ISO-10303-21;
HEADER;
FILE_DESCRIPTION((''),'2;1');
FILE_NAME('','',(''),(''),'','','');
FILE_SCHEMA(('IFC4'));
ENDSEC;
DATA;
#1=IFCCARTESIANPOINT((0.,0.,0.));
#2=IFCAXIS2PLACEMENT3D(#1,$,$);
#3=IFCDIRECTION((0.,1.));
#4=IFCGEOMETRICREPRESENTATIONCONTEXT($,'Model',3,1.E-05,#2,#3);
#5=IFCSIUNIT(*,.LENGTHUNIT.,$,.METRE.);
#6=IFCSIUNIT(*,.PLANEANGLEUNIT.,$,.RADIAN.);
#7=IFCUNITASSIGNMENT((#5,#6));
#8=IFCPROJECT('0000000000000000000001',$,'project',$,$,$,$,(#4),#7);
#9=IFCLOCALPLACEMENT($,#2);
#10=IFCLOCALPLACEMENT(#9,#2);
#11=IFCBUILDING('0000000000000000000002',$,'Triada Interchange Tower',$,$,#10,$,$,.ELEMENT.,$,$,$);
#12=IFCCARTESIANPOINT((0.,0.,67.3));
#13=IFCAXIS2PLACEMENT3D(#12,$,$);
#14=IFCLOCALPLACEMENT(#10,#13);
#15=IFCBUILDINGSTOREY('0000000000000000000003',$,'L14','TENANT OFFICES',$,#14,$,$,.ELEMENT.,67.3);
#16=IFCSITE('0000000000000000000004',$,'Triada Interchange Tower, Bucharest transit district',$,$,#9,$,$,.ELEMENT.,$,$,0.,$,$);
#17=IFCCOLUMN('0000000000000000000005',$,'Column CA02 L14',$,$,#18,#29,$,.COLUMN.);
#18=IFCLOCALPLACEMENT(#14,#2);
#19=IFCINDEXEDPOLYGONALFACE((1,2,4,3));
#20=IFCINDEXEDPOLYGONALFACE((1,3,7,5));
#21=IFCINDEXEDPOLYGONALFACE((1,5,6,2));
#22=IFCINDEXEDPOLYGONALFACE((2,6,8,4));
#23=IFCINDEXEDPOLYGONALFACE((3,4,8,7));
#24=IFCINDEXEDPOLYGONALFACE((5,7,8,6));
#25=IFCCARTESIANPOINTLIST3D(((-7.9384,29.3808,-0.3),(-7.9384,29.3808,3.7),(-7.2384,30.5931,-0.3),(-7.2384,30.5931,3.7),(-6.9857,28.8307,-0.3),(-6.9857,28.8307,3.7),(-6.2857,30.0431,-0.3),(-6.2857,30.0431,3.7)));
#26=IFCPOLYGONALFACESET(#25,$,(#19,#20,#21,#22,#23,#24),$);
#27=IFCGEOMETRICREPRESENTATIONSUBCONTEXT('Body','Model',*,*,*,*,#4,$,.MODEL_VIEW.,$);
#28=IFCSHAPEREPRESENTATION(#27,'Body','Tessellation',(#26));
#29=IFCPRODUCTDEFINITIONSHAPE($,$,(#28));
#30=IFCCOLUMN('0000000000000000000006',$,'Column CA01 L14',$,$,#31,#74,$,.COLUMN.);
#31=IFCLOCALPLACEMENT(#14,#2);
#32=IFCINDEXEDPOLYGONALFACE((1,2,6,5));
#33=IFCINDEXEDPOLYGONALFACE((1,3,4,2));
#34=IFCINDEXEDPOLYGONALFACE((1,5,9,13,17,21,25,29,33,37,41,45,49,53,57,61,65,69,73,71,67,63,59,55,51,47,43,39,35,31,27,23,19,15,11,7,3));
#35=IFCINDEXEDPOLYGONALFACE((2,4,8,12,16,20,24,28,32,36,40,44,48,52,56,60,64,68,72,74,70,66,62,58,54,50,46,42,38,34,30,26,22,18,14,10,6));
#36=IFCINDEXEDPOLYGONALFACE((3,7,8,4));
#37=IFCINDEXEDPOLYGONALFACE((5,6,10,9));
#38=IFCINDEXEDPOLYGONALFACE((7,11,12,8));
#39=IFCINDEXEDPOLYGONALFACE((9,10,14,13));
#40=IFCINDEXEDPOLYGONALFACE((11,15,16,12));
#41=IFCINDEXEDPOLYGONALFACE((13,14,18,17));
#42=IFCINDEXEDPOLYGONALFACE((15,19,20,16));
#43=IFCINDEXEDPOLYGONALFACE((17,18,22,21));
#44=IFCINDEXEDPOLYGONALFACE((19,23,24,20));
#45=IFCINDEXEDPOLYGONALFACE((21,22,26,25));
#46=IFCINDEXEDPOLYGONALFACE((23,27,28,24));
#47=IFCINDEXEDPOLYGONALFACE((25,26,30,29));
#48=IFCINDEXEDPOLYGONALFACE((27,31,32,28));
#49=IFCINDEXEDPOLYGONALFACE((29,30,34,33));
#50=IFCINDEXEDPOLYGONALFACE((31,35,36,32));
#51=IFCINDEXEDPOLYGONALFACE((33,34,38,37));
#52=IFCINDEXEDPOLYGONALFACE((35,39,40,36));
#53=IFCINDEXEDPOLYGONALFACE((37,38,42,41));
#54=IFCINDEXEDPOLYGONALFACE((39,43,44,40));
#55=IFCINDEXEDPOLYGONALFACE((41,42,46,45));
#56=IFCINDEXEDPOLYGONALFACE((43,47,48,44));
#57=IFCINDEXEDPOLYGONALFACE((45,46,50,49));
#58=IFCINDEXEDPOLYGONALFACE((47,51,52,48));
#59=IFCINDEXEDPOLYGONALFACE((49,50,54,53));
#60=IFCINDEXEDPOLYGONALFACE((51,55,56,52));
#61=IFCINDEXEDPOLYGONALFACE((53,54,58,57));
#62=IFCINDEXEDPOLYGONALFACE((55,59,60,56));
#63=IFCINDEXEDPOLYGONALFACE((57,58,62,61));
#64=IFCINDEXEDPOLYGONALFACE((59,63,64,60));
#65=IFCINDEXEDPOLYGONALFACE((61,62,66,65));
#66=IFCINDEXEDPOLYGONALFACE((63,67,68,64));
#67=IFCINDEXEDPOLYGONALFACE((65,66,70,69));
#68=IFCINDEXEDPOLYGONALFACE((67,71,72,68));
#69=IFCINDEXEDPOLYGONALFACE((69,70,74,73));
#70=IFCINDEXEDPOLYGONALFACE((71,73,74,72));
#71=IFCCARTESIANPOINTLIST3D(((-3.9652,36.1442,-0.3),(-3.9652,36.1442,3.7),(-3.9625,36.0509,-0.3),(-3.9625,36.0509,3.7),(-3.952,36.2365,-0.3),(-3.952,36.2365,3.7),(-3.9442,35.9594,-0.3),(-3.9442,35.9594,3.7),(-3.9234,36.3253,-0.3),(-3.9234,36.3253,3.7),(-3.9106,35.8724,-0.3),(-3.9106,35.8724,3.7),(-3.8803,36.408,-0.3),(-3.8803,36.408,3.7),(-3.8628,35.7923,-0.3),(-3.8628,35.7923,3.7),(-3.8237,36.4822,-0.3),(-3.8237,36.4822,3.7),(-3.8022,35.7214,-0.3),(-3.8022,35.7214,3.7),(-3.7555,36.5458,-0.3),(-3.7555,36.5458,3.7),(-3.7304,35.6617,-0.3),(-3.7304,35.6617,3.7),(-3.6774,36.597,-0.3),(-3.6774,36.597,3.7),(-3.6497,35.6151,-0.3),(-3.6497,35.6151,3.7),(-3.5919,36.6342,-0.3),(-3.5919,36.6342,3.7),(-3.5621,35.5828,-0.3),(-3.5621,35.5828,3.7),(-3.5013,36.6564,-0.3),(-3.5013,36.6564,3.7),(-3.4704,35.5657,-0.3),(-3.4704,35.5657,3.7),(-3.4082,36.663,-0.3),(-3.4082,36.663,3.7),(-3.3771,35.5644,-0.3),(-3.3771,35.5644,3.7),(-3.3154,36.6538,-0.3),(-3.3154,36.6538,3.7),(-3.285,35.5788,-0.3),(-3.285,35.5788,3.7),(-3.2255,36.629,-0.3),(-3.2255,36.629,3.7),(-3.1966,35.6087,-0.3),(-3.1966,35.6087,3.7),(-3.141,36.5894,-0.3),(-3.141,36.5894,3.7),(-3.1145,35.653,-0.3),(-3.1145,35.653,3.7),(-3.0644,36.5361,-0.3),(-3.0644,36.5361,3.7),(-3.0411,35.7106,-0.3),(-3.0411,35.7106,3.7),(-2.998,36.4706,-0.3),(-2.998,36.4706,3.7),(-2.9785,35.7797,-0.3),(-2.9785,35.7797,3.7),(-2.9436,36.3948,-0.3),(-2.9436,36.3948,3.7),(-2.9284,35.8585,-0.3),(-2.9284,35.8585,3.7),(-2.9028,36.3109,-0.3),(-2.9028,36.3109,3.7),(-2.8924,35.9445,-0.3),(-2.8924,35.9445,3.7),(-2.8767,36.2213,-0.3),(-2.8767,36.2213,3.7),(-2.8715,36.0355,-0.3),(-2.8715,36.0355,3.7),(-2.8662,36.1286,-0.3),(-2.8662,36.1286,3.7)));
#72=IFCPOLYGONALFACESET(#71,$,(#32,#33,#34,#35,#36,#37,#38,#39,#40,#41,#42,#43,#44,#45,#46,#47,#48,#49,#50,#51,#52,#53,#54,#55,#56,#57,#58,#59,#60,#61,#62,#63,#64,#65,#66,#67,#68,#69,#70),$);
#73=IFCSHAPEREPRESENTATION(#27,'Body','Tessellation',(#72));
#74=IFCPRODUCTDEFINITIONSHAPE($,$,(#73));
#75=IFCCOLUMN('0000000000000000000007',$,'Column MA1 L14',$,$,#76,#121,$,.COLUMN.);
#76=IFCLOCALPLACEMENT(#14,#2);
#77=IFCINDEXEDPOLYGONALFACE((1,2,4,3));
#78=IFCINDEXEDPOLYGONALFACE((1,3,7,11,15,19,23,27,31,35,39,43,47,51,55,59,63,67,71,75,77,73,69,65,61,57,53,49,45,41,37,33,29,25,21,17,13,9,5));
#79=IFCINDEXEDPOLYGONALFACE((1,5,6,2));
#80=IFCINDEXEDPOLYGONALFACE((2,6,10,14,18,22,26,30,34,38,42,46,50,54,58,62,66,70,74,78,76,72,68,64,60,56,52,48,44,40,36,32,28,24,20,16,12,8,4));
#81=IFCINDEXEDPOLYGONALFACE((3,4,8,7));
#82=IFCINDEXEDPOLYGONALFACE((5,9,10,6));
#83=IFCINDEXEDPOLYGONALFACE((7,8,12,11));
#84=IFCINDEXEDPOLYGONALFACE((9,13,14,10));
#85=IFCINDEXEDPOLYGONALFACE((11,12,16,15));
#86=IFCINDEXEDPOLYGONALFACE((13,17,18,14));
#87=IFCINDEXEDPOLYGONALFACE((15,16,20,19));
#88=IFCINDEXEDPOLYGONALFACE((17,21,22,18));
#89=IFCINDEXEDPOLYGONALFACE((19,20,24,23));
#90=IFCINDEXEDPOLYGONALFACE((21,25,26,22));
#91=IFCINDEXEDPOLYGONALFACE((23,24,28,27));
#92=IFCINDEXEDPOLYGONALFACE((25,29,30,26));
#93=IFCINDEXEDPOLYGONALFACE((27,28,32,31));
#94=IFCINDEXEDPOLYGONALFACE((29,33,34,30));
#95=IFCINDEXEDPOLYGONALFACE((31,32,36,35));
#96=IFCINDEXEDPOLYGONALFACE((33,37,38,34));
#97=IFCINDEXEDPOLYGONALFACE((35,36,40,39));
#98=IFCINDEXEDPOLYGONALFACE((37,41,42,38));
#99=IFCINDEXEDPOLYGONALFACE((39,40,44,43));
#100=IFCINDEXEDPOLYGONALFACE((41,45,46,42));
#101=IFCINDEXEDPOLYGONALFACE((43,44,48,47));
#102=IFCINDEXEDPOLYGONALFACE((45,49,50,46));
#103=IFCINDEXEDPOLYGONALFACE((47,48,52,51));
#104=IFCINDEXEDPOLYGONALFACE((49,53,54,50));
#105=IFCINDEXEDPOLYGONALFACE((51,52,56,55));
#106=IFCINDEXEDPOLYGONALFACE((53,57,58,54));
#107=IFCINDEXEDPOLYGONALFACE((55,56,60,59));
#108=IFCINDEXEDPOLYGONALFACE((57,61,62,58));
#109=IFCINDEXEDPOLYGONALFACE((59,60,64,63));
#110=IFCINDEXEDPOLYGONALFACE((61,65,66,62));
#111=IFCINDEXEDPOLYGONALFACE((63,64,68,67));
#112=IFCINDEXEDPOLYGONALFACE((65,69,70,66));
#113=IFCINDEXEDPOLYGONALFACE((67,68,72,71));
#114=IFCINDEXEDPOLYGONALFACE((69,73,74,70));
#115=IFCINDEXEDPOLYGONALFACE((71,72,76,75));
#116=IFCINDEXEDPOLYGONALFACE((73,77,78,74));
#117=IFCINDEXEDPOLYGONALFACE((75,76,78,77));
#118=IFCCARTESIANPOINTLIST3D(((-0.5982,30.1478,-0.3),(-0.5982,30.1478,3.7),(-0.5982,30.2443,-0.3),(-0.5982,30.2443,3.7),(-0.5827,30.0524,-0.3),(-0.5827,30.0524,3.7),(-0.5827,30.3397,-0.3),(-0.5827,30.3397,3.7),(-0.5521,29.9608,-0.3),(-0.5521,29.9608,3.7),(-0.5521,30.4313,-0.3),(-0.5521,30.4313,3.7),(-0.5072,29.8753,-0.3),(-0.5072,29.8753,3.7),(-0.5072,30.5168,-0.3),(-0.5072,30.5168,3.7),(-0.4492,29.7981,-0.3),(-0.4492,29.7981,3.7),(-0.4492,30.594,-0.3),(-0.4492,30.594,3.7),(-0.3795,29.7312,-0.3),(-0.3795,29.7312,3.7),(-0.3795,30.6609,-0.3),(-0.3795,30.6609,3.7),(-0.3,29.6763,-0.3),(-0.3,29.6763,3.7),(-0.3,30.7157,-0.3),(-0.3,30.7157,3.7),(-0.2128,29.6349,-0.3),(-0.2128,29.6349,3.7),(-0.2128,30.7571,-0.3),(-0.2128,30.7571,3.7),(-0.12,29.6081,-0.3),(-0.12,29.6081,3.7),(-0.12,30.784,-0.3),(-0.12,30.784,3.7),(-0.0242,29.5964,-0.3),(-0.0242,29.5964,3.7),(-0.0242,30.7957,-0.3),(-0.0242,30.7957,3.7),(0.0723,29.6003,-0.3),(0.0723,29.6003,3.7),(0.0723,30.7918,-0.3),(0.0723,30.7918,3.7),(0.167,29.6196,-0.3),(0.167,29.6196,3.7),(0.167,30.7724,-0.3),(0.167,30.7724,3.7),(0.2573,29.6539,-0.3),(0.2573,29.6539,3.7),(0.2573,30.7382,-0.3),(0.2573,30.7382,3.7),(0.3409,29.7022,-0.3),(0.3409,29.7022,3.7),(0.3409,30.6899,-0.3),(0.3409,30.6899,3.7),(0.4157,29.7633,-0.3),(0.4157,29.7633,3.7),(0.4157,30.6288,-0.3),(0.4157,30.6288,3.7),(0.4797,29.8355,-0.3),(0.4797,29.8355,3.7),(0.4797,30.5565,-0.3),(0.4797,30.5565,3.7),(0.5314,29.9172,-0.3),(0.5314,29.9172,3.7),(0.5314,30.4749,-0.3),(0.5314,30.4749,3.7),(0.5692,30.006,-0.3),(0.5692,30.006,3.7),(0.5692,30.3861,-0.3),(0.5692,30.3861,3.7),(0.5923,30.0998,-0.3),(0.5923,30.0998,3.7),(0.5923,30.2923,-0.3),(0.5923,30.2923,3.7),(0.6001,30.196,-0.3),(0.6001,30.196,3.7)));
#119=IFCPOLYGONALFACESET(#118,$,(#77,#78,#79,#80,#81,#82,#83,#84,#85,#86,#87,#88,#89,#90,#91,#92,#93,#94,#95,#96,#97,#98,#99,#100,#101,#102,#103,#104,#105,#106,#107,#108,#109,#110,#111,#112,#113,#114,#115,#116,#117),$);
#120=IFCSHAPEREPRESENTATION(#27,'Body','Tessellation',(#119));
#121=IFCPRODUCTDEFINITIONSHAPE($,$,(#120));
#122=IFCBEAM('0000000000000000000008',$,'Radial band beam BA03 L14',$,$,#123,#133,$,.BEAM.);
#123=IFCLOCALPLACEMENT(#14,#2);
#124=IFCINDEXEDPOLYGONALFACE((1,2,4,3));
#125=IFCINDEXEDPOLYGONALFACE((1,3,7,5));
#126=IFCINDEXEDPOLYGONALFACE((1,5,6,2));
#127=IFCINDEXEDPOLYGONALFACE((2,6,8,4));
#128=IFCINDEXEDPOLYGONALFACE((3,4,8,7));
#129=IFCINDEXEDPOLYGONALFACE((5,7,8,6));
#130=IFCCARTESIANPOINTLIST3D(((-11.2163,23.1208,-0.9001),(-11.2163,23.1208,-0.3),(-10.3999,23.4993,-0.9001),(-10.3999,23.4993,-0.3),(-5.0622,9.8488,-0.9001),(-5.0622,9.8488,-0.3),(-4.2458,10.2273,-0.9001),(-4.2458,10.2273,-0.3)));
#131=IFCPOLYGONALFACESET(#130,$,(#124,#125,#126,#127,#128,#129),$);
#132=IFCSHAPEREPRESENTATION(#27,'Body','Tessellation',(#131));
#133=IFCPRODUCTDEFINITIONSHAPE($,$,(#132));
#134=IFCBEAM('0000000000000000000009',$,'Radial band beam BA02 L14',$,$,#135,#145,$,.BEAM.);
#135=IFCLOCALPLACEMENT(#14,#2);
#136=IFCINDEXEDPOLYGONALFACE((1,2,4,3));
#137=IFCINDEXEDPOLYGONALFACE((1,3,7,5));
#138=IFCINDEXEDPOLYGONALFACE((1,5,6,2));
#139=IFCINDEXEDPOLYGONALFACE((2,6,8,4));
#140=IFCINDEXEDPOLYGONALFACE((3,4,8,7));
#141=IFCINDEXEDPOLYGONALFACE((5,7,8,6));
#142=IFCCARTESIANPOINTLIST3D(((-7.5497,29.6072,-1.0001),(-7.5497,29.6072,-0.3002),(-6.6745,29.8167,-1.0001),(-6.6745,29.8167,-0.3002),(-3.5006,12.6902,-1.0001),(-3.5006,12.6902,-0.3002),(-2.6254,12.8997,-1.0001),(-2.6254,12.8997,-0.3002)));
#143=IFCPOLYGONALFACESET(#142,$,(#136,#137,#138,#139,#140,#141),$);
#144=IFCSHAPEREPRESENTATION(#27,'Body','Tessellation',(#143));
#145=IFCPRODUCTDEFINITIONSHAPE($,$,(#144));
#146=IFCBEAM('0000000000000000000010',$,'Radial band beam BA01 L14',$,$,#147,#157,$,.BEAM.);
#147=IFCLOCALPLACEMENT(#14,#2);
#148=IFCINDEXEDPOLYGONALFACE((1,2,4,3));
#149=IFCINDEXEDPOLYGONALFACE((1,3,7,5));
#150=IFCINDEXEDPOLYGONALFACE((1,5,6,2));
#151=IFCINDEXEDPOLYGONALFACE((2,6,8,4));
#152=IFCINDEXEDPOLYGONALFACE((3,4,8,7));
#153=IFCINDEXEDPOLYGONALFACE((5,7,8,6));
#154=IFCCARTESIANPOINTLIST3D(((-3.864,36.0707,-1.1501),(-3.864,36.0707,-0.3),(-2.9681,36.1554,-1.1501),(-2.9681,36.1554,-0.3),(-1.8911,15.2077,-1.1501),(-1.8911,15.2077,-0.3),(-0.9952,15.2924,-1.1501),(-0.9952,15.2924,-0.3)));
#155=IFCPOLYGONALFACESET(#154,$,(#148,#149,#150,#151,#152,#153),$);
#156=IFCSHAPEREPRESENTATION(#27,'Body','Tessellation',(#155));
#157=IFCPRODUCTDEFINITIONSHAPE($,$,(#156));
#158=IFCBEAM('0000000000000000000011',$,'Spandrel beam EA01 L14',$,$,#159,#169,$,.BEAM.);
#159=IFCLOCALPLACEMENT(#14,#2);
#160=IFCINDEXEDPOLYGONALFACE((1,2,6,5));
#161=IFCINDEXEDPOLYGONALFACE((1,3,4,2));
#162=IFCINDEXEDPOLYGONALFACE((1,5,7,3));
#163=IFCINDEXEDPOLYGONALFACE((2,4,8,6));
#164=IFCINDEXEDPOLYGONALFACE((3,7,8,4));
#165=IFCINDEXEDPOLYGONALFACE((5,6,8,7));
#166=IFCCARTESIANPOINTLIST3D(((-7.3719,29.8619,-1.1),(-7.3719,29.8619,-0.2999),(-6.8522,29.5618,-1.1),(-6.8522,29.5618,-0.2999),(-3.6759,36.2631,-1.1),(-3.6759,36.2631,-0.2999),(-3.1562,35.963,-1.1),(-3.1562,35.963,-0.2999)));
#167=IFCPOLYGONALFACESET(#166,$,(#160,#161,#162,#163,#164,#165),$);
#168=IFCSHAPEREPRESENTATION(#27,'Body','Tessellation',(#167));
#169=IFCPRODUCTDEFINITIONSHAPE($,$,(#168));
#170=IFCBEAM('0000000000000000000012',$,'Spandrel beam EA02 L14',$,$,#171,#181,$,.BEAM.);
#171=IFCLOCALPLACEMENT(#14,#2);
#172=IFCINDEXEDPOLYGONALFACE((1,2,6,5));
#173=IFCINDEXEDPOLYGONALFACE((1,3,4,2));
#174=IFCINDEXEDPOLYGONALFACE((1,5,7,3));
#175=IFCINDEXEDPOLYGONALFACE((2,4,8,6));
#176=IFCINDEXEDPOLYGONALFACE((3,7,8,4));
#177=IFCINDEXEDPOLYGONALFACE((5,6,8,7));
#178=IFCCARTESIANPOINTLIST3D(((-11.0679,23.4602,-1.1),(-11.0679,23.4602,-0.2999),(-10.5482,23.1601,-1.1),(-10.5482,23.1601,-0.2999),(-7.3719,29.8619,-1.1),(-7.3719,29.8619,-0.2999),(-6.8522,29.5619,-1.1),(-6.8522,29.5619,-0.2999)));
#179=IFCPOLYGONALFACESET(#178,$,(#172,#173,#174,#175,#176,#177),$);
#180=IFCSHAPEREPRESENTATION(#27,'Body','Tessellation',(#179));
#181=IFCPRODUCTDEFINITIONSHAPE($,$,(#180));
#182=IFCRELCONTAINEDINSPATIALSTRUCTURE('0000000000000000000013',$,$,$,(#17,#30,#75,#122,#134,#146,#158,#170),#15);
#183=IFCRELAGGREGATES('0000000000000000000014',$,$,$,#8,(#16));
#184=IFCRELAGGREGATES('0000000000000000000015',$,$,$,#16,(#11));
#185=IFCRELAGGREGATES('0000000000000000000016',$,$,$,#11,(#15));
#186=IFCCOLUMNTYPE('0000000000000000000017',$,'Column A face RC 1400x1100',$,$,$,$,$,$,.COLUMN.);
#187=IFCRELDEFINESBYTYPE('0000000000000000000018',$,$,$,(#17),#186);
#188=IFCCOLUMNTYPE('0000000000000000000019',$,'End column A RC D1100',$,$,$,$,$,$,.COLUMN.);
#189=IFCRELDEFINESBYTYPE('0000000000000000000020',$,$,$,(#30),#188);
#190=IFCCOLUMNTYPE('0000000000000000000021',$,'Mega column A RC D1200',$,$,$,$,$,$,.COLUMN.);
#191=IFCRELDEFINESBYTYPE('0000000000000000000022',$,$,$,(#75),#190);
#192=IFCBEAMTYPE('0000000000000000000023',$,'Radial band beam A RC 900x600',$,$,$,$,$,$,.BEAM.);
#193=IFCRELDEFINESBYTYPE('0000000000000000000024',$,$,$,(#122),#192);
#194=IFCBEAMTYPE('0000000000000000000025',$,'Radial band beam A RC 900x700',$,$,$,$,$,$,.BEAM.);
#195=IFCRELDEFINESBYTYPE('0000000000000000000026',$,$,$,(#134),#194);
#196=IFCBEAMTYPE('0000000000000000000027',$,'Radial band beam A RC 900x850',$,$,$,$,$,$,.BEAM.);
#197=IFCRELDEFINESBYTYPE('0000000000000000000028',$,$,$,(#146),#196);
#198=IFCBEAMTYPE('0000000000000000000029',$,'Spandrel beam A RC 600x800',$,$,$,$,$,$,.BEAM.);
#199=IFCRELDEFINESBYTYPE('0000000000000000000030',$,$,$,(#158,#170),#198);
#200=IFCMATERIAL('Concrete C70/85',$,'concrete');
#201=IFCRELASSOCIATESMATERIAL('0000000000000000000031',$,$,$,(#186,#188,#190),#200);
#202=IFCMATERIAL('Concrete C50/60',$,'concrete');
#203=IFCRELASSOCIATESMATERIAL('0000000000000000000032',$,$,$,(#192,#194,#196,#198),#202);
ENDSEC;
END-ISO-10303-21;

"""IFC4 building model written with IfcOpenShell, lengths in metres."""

from ifc_helpers import new_model, si_unit, direction, frame, origin, origin_2d, place, context, subcontext, project, spatial, rectangle, circle, extrude, material, material_profile, profile_set, type_object, element, save


model = new_model("IFC4")

# Units and contexts
model_context = context("Model", 3, precision=1e-05, world=origin(), true_north=direction((0.0, 1.0)))
body_context = subcontext(model_context, "Body", "Model", "MODEL_VIEW")
ifc_project = project(units=[si_unit("LENGTHUNIT", "METRE"), si_unit("PLANEANGLEUNIT", "RADIAN")], contexts=[model_context])

# Site, building, storey
site_placement = place(None, origin())
site = spatial("IfcSite", under=ifc_project, at=site_placement, Name="Triada Interchange Tower, Bucharest transit district", CompositionType="ELEMENT", RefElevation=0.0)
building_placement = place(site_placement, origin())
building = spatial("IfcBuilding", under=site, at=building_placement, Name="Triada Interchange Tower", CompositionType="ELEMENT")
storey_placement = place(building_placement, frame((0.0, 0.0, 67.3)))
storey = spatial("IfcBuildingStorey", under=building, at=storey_placement, Name="L14", Description="TENANT OFFICES", CompositionType="ELEMENT", Elevation=67.3)

# Columns
ifc_material_1 = material(Name="Concrete C70/85", Category="concrete")
ifc_material_profile_1 = material_profile(ifc_material_1, rectangle(XDim=1.3999, YDim=1.1001, at=origin_2d()), Name="RC 1400x1100")
ifc_profile_set_1 = profile_set([ifc_material_profile_1], Name="Concrete C70/85")
column_type_1 = type_object("IfcColumnType", Name="Column A face RC 1400x1100", PredefinedType="COLUMN", material=ifc_profile_set_1)
column_1_placement = place(storey_placement, frame((-7.1121, 29.7119, -0.3), z_axis=(0.0, 0.0, 1.0), x_axis=(0.5, 0.866025, 0.0)))
element("IfcColumn", 1, at=column_1_placement, inside=storey, type_object=column_type_1, Name="Column CA02 L14", PredefinedType="COLUMN", context=body_context, shape_type="SweptSolid", body=[
    extrude(rectangle(XDim=1.3999, YDim=1.1001, at=origin_2d()), origin(), (0.0, 0.0, 1.0), 4.0),
])
ifc_material_profile_2 = material_profile(ifc_material_1, circle(Radius=0.55, at=origin_2d()), Name="RC D1100")
ifc_profile_set_2 = profile_set([ifc_material_profile_2], Name="Concrete C70/85")
column_type_2 = type_object("IfcColumnType", Name="End column A RC D1100", PredefinedType="COLUMN", material=ifc_profile_set_2)
column_2_placement = place(storey_placement, frame((-3.416, 36.113, -0.3), z_axis=(0.0, 0.0, 1.0), x_axis=(0.5, 0.866025, 0.0)))
element("IfcColumn", 2, at=column_2_placement, inside=storey, type_object=column_type_2, Name="Column CA01 L14", PredefinedType="COLUMN", context=body_context, shape_type="SweptSolid", body=[
    extrude(circle(Radius=0.55, at=origin_2d()), origin(), (0.0, 0.0, 1.0), 4.0),
])
ifc_material_profile_3 = material_profile(ifc_material_1, circle(Radius=0.6001, at=origin_2d()), Name="RC D1200")
ifc_profile_set_3 = profile_set([ifc_material_profile_3], Name="Concrete C70/85")
column_type_3 = type_object("IfcColumnType", Name="Mega column A RC D1200", PredefinedType="COLUMN", material=ifc_profile_set_3)
column_3_placement = place(storey_placement, frame((0.0, 30.196, -0.3), z_axis=(0.0, 0.0, 1.0), x_axis=(1.0, 0.0, 0.0)))
element("IfcColumn", 3, at=column_3_placement, inside=storey, type_object=column_type_3, Name="Column MA1 L14", PredefinedType="COLUMN", context=body_context, shape_type="SweptSolid", body=[
    extrude(circle(Radius=0.6001, at=origin_2d()), origin(), (0.0, 0.0, 1.0), 4.0),
])

# Beams
ifc_material_2 = material(Name="Concrete C50/60", Category="concrete")
ifc_material_profile_4 = material_profile(ifc_material_2, rectangle(XDim=0.8999, YDim=0.6001, at=origin_2d()), Name="RC 900x600")
ifc_profile_set_4 = profile_set([ifc_material_profile_4], Name="Concrete C50/60")
beam_type_1 = type_object("IfcBeamType", Name="Radial band beam A RC 900x600", PredefinedType="BEAM", material=ifc_profile_set_4)
beam_1_placement = place(storey_placement, frame((-10.8081, 23.3101, -0.6001), z_axis=(0.420665, -0.907216, 0.0), x_axis=(0.907216, 0.420665, 0.0)))
element("IfcBeam", 4, at=beam_1_placement, inside=storey, type_object=beam_type_1, Name="Radial band beam BA03 L14", PredefinedType="BEAM", context=body_context, shape_type="SweptSolid", body=[
    extrude(rectangle(XDim=0.8999, YDim=0.6001, at=origin_2d()), origin(), (0.0, 0.0, 1.0), 14.6294),
])
ifc_material_profile_5 = material_profile(ifc_material_2, rectangle(XDim=0.8999, YDim=0.7, at=origin_2d()), Name="RC 900x700")
ifc_profile_set_5 = profile_set([ifc_material_profile_5], Name="Concrete C50/60")
beam_type_2 = type_object("IfcBeamType", Name="Radial band beam A RC 900x700", PredefinedType="BEAM", material=ifc_profile_set_5)
beam_2_placement = place(storey_placement, frame((-7.1121, 29.7119, -0.6501), z_axis=(0.232775, -0.972531, 0.0), x_axis=(0.972531, 0.232775, 0.0)))
element("IfcBeam", 5, at=beam_2_placement, inside=storey, type_object=beam_type_2, Name="Radial band beam BA02 L14", PredefinedType="BEAM", context=body_context, shape_type="SweptSolid", body=[
    extrude(rectangle(XDim=0.8999, YDim=0.7, at=origin_2d()), origin(), (0.0, 0.0, 1.0), 17.3948),
])
ifc_material_profile_6 = material_profile(ifc_material_2, rectangle(XDim=0.8999, YDim=0.8501, at=origin_2d()), Name="RC 900x850")
ifc_profile_set_6 = profile_set([ifc_material_profile_6], Name="Concrete C50/60")
beam_type_3 = type_object("IfcBeamType", Name="Radial band beam A RC 900x850", PredefinedType="BEAM", material=ifc_profile_set_6)
beam_3_placement = place(storey_placement, frame((-3.416, 36.113, -0.7251), z_axis=(0.094144, -0.995559, 0.0), x_axis=(0.995559, 0.094144, 0.0)))
element("IfcBeam", 6, at=beam_3_placement, inside=storey, type_object=beam_type_3, Name="Radial band beam BA01 L14", PredefinedType="BEAM", context=body_context, shape_type="SweptSolid", body=[
    extrude(rectangle(XDim=0.8999, YDim=0.8501, at=origin_2d()), origin(), (0.0, 0.0, 1.0), 20.9561),
])
ifc_material_profile_7 = material_profile(ifc_material_2, rectangle(XDim=0.6001, YDim=0.8, at=origin_2d()), Name="RC 600x800")
ifc_profile_set_7 = profile_set([ifc_material_profile_7], Name="Concrete C50/60")
beam_type_4 = type_object("IfcBeamType", Name="Spandrel beam A RC 600x800", PredefinedType="BEAM", material=ifc_profile_set_7)
beam_4_placement = place(storey_placement, frame((-3.416, 36.113, -0.7), z_axis=(-0.500036, -0.866005, 0.0), x_axis=(0.866005, -0.500036, 0.0)))
element("IfcBeam", 7, at=beam_4_placement, inside=storey, type_object=beam_type_4, Name="Spandrel beam EA01 L14", PredefinedType="BEAM", context=body_context, shape_type="SweptSolid", body=[
    extrude(rectangle(XDim=0.6001, YDim=0.8, at=origin_2d()), origin(), (0.0, 0.0, 1.0), 7.3916),
])
beam_5_placement = place(storey_placement, frame((-7.1121, 29.7119, -0.7), z_axis=(-0.499993, -0.866029, 0.0), x_axis=(0.866029, -0.499993, 0.0)))
element("IfcBeam", 8, at=beam_5_placement, inside=storey, type_object=beam_type_4, Name="Spandrel beam EA02 L14", PredefinedType="BEAM", context=body_context, shape_type="SweptSolid", body=[
    extrude(rectangle(XDim=0.6001, YDim=0.8, at=origin_2d()), origin(), (0.0, 0.0, 1.0), 7.3921),
])

save(model, "model.ifc")
